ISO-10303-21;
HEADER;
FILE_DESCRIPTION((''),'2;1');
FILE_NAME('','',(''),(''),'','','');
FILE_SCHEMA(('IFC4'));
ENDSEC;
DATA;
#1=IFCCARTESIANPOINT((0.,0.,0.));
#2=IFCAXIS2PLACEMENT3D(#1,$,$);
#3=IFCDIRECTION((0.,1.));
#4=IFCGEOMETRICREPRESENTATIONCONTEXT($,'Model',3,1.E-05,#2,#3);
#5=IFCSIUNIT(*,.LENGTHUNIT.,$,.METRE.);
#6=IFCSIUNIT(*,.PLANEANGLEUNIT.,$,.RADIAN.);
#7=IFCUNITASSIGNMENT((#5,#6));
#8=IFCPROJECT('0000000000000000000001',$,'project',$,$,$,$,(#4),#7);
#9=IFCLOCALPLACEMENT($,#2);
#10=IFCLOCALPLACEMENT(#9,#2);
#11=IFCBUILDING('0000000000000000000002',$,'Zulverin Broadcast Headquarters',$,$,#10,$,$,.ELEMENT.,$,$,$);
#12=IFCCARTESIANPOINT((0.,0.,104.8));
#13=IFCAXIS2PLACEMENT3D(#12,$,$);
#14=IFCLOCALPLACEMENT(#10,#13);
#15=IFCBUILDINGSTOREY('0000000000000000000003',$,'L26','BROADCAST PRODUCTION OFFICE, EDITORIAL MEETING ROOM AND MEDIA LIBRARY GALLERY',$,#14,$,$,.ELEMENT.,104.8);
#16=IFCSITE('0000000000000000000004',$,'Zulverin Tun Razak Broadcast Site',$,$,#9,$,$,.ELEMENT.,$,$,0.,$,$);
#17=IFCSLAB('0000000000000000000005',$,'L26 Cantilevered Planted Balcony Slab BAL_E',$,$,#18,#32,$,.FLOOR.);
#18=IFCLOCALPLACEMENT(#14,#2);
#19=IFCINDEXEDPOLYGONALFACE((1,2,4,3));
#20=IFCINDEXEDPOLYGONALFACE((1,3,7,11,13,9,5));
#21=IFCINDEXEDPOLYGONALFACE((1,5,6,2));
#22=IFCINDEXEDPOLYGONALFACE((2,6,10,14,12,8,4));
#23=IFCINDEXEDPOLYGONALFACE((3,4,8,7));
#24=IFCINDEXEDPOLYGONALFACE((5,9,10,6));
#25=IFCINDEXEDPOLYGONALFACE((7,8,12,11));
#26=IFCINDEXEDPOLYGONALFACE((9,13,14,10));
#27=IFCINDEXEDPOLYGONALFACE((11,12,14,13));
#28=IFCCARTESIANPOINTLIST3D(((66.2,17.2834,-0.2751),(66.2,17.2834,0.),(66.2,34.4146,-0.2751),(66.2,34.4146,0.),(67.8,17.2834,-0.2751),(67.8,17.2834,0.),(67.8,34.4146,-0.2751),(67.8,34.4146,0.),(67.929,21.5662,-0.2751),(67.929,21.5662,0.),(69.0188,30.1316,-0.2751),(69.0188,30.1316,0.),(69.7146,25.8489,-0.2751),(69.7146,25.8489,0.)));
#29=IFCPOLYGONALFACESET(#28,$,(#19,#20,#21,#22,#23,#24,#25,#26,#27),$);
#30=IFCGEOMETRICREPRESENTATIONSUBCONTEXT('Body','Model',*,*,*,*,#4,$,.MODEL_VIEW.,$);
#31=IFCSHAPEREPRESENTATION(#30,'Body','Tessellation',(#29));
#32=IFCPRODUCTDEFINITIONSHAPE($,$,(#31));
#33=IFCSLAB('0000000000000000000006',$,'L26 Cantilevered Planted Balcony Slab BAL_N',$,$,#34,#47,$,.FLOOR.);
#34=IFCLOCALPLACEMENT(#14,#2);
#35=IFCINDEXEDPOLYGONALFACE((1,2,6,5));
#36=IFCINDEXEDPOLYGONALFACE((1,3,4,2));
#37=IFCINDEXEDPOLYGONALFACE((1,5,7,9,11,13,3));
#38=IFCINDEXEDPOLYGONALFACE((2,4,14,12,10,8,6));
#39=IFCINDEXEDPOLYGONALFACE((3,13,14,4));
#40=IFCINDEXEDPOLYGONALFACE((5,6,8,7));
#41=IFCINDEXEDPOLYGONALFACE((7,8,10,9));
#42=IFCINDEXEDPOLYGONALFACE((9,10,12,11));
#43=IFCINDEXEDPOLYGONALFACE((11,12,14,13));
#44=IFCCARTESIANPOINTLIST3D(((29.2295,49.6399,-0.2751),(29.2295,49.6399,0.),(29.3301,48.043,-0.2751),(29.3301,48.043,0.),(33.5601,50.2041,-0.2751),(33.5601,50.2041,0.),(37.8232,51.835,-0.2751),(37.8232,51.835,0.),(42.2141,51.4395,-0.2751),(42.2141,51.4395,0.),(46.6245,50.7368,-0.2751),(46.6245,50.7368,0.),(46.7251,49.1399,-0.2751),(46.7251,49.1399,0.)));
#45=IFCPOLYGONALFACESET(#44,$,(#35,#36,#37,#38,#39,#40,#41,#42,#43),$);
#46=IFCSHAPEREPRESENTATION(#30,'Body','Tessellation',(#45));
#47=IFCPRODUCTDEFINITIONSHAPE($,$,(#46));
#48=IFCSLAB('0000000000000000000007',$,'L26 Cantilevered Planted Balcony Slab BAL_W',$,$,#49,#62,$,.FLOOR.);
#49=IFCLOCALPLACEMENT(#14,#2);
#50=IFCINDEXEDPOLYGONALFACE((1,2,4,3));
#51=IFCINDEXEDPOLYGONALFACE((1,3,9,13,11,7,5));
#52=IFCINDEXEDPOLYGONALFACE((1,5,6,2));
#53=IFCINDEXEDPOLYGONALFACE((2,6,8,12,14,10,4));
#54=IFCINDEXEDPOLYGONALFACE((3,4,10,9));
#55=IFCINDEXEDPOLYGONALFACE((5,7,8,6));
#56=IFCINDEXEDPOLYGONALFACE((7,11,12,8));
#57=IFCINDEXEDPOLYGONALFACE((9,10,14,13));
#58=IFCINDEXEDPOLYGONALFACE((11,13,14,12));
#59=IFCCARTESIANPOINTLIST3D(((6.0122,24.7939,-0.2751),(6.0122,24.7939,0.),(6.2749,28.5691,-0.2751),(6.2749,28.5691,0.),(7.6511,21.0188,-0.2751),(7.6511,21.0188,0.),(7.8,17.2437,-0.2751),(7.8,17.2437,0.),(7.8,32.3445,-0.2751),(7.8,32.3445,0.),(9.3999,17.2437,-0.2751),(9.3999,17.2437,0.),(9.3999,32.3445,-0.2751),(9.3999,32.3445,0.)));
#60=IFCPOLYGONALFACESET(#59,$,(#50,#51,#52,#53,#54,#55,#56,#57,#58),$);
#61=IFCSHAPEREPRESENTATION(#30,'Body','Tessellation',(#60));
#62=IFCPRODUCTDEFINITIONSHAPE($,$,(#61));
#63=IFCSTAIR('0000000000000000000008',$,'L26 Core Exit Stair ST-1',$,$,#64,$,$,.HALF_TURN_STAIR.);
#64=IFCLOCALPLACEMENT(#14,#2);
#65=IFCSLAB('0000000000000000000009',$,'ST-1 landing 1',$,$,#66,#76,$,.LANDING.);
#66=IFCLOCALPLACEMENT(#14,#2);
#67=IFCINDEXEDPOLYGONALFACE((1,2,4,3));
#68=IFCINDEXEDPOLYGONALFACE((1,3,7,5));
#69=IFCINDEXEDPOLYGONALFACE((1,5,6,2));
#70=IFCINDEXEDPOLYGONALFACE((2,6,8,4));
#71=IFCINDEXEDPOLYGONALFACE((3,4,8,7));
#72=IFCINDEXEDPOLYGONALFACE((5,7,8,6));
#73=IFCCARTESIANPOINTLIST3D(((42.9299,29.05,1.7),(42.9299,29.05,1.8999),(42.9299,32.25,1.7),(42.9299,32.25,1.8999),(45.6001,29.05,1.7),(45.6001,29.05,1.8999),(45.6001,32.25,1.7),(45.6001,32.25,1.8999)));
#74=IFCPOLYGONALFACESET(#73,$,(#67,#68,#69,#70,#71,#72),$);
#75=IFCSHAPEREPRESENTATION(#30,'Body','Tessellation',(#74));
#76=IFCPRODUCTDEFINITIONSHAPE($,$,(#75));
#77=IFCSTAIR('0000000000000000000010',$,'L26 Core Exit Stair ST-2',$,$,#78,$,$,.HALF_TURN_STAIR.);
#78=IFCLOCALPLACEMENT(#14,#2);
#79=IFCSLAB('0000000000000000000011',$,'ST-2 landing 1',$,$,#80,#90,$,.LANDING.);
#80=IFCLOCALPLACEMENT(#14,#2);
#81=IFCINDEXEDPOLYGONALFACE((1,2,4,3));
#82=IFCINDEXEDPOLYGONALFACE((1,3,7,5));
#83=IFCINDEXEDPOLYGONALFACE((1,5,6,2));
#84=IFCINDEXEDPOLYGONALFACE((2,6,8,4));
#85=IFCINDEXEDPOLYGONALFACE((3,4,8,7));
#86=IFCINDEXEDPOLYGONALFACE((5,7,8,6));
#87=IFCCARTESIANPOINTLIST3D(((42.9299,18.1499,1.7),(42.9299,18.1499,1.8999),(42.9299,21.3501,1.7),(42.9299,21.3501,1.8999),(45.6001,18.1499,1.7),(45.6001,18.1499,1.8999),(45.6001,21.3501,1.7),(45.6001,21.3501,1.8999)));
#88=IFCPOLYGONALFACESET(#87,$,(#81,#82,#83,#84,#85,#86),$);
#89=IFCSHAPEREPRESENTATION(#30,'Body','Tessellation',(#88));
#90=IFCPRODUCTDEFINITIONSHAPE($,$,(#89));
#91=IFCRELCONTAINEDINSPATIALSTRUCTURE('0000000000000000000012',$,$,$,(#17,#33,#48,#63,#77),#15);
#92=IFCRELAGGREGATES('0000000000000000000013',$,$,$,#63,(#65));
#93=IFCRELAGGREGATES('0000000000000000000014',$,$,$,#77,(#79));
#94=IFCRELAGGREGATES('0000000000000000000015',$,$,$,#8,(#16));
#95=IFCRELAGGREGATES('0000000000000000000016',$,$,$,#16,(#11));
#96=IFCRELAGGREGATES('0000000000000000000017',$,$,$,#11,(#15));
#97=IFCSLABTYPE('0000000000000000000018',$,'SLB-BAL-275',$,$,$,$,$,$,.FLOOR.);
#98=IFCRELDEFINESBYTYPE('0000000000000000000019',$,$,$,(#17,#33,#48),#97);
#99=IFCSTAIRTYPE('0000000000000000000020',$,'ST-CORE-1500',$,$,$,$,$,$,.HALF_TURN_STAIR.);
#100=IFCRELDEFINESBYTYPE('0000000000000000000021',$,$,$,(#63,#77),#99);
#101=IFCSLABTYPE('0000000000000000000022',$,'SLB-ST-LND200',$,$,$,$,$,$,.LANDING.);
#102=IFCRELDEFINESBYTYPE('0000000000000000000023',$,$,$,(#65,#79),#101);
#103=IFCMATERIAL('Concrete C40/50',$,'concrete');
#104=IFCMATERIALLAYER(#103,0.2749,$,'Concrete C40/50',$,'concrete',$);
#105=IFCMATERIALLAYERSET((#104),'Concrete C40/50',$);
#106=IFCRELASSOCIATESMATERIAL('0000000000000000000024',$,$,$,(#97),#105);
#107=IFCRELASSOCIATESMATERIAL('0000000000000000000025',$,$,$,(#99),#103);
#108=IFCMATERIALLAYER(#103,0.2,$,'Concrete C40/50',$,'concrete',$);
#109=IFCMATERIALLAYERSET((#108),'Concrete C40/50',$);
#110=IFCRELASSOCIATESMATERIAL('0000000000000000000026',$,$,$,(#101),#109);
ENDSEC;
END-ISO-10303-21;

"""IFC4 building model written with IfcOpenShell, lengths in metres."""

from ifc_helpers import new_model, si_unit, direction, frame, origin, place, context, subcontext, project, spatial, polyline, outline, extrude, material, layer, layer_set, type_object, element, aggregate, save


model = new_model("IFC4")

# Units and contexts
model_context = context("Model", 3, precision=1e-05, world=origin(), true_north=direction((0.0, 1.0)))
body_context = subcontext(model_context, "Body", "Model", "MODEL_VIEW")
ifc_project = project(units=[si_unit("LENGTHUNIT", "METRE"), si_unit("PLANEANGLEUNIT", "RADIAN")], contexts=[model_context])

# Site, building, storey
site_placement = place(None, origin())
site = spatial("IfcSite", under=ifc_project, at=site_placement, Name="Zulverin Tun Razak Broadcast Site", CompositionType="ELEMENT", RefElevation=0.0)
building_placement = place(site_placement, origin())
building = spatial("IfcBuilding", under=site, at=building_placement, Name="Zulverin Broadcast Headquarters", CompositionType="ELEMENT")
storey_placement = place(building_placement, frame((0.0, 0.0, 104.8)))
storey = spatial("IfcBuildingStorey", under=building, at=storey_placement, Name="L26", Description="BROADCAST PRODUCTION OFFICE, EDITORIAL MEETING ROOM AND MEDIA LIBRARY GALLERY", CompositionType="ELEMENT", Elevation=104.8)

# Slabs
ifc_material_1 = material(Name="Concrete C40/50", Category="concrete")
ifc_layer_1 = layer(ifc_material_1, 0.2749, Name="Concrete C40/50", Category="concrete")
ifc_layer_set_1 = layer_set([ifc_layer_1], Name="Concrete C40/50")
slab_type_1 = type_object("IfcSlabType", Name="SLB-BAL-275", PredefinedType="FLOOR", material=ifc_layer_set_1)
slab_1_placement = place(storey_placement, frame((0.0, 0.0, -0.2751)))
element("IfcSlab", 1, at=slab_1_placement, inside=storey, type_object=slab_type_1, Name="L26 Cantilevered Planted Balcony Slab BAL_E", PredefinedType="FLOOR", context=body_context, shape_type="SweptSolid", body=[
    extrude(outline(polyline([(66.2, 34.4146), (66.2, 17.2834), (67.8, 17.2834), (67.929, 21.5662), (69.7146, 25.8489), (69.0188, 30.1316), (67.8, 34.4146), (66.2, 34.4146)])), origin(), (0.0, 0.0, 1.0), 0.2751),
])
slab_2_placement = place(storey_placement, frame((0.0, 0.0, -0.2751)))
element("IfcSlab", 2, at=slab_2_placement, inside=storey, type_object=slab_type_1, Name="L26 Cantilevered Planted Balcony Slab BAL_N", PredefinedType="FLOOR", context=body_context, shape_type="SweptSolid", body=[
    extrude(outline(polyline([(29.3301, 48.043), (46.7251, 49.1399), (46.6245, 50.7368), (42.2141, 51.4395), (37.8232, 51.835), (33.5601, 50.2041), (29.2295, 49.6399), (29.3301, 48.043)])), origin(), (0.0, 0.0, 1.0), 0.2751),
])
slab_3_placement = place(storey_placement, frame((0.0, 0.0, -0.2751)))
element("IfcSlab", 3, at=slab_3_placement, inside=storey, type_object=slab_type_1, Name="L26 Cantilevered Planted Balcony Slab BAL_W", PredefinedType="FLOOR", context=body_context, shape_type="SweptSolid", body=[
    extrude(outline(polyline([(9.3999, 17.2437), (9.3999, 32.3445), (7.8, 32.3445), (6.2749, 28.5691), (6.0122, 24.7939), (7.6511, 21.0188), (7.8, 17.2437), (9.3999, 17.2437)])), origin(), (0.0, 0.0, 1.0), 0.2751),
])

# Stairs, slabs
stair_type = type_object("IfcStairType", Name="ST-CORE-1500", PredefinedType="HALF_TURN_STAIR", material=ifc_material_1)
stair_1_placement = place(storey_placement, origin())
stair_1 = element("IfcStair", 4, at=stair_1_placement, inside=storey, type_object=stair_type, Name="L26 Core Exit Stair ST-1", PredefinedType="HALF_TURN_STAIR")
ifc_layer_2 = layer(ifc_material_1, 0.2, Name="Concrete C40/50", Category="concrete")
ifc_layer_set_2 = layer_set([ifc_layer_2], Name="Concrete C40/50")
slab_type_2 = type_object("IfcSlabType", Name="SLB-ST-LND200", PredefinedType="LANDING", material=ifc_layer_set_2)
slab_4_placement = place(storey_placement, frame((0.0, 0.0, 1.7)))
slab_4 = element("IfcSlab", 5, at=slab_4_placement, type_object=slab_type_2, Name="ST-1 landing 1", PredefinedType="LANDING", context=body_context, shape_type="SweptSolid", body=[
    extrude(outline(polyline([(42.9299, 29.05), (45.6001, 29.05), (45.6001, 32.25), (42.9299, 32.25), (42.9299, 29.05)])), origin(), (0.0, 0.0, 1.0), 0.2),
])
aggregate(stair_1, [slab_4])
stair_2_placement = place(storey_placement, origin())
stair_2 = element("IfcStair", 6, at=stair_2_placement, inside=storey, type_object=stair_type, Name="L26 Core Exit Stair ST-2", PredefinedType="HALF_TURN_STAIR")
slab_5_placement = place(storey_placement, frame((0.0, 0.0, 1.7)))
slab_5 = element("IfcSlab", 7, at=slab_5_placement, type_object=slab_type_2, Name="ST-2 landing 1", PredefinedType="LANDING", context=body_context, shape_type="SweptSolid", body=[
    extrude(outline(polyline([(42.9299, 18.1499), (45.6001, 18.1499), (45.6001, 21.3501), (42.9299, 21.3501), (42.9299, 18.1499)])), origin(), (0.0, 0.0, 1.0), 0.2),
])
aggregate(stair_2, [slab_5])

save(model, "model.ifc")
